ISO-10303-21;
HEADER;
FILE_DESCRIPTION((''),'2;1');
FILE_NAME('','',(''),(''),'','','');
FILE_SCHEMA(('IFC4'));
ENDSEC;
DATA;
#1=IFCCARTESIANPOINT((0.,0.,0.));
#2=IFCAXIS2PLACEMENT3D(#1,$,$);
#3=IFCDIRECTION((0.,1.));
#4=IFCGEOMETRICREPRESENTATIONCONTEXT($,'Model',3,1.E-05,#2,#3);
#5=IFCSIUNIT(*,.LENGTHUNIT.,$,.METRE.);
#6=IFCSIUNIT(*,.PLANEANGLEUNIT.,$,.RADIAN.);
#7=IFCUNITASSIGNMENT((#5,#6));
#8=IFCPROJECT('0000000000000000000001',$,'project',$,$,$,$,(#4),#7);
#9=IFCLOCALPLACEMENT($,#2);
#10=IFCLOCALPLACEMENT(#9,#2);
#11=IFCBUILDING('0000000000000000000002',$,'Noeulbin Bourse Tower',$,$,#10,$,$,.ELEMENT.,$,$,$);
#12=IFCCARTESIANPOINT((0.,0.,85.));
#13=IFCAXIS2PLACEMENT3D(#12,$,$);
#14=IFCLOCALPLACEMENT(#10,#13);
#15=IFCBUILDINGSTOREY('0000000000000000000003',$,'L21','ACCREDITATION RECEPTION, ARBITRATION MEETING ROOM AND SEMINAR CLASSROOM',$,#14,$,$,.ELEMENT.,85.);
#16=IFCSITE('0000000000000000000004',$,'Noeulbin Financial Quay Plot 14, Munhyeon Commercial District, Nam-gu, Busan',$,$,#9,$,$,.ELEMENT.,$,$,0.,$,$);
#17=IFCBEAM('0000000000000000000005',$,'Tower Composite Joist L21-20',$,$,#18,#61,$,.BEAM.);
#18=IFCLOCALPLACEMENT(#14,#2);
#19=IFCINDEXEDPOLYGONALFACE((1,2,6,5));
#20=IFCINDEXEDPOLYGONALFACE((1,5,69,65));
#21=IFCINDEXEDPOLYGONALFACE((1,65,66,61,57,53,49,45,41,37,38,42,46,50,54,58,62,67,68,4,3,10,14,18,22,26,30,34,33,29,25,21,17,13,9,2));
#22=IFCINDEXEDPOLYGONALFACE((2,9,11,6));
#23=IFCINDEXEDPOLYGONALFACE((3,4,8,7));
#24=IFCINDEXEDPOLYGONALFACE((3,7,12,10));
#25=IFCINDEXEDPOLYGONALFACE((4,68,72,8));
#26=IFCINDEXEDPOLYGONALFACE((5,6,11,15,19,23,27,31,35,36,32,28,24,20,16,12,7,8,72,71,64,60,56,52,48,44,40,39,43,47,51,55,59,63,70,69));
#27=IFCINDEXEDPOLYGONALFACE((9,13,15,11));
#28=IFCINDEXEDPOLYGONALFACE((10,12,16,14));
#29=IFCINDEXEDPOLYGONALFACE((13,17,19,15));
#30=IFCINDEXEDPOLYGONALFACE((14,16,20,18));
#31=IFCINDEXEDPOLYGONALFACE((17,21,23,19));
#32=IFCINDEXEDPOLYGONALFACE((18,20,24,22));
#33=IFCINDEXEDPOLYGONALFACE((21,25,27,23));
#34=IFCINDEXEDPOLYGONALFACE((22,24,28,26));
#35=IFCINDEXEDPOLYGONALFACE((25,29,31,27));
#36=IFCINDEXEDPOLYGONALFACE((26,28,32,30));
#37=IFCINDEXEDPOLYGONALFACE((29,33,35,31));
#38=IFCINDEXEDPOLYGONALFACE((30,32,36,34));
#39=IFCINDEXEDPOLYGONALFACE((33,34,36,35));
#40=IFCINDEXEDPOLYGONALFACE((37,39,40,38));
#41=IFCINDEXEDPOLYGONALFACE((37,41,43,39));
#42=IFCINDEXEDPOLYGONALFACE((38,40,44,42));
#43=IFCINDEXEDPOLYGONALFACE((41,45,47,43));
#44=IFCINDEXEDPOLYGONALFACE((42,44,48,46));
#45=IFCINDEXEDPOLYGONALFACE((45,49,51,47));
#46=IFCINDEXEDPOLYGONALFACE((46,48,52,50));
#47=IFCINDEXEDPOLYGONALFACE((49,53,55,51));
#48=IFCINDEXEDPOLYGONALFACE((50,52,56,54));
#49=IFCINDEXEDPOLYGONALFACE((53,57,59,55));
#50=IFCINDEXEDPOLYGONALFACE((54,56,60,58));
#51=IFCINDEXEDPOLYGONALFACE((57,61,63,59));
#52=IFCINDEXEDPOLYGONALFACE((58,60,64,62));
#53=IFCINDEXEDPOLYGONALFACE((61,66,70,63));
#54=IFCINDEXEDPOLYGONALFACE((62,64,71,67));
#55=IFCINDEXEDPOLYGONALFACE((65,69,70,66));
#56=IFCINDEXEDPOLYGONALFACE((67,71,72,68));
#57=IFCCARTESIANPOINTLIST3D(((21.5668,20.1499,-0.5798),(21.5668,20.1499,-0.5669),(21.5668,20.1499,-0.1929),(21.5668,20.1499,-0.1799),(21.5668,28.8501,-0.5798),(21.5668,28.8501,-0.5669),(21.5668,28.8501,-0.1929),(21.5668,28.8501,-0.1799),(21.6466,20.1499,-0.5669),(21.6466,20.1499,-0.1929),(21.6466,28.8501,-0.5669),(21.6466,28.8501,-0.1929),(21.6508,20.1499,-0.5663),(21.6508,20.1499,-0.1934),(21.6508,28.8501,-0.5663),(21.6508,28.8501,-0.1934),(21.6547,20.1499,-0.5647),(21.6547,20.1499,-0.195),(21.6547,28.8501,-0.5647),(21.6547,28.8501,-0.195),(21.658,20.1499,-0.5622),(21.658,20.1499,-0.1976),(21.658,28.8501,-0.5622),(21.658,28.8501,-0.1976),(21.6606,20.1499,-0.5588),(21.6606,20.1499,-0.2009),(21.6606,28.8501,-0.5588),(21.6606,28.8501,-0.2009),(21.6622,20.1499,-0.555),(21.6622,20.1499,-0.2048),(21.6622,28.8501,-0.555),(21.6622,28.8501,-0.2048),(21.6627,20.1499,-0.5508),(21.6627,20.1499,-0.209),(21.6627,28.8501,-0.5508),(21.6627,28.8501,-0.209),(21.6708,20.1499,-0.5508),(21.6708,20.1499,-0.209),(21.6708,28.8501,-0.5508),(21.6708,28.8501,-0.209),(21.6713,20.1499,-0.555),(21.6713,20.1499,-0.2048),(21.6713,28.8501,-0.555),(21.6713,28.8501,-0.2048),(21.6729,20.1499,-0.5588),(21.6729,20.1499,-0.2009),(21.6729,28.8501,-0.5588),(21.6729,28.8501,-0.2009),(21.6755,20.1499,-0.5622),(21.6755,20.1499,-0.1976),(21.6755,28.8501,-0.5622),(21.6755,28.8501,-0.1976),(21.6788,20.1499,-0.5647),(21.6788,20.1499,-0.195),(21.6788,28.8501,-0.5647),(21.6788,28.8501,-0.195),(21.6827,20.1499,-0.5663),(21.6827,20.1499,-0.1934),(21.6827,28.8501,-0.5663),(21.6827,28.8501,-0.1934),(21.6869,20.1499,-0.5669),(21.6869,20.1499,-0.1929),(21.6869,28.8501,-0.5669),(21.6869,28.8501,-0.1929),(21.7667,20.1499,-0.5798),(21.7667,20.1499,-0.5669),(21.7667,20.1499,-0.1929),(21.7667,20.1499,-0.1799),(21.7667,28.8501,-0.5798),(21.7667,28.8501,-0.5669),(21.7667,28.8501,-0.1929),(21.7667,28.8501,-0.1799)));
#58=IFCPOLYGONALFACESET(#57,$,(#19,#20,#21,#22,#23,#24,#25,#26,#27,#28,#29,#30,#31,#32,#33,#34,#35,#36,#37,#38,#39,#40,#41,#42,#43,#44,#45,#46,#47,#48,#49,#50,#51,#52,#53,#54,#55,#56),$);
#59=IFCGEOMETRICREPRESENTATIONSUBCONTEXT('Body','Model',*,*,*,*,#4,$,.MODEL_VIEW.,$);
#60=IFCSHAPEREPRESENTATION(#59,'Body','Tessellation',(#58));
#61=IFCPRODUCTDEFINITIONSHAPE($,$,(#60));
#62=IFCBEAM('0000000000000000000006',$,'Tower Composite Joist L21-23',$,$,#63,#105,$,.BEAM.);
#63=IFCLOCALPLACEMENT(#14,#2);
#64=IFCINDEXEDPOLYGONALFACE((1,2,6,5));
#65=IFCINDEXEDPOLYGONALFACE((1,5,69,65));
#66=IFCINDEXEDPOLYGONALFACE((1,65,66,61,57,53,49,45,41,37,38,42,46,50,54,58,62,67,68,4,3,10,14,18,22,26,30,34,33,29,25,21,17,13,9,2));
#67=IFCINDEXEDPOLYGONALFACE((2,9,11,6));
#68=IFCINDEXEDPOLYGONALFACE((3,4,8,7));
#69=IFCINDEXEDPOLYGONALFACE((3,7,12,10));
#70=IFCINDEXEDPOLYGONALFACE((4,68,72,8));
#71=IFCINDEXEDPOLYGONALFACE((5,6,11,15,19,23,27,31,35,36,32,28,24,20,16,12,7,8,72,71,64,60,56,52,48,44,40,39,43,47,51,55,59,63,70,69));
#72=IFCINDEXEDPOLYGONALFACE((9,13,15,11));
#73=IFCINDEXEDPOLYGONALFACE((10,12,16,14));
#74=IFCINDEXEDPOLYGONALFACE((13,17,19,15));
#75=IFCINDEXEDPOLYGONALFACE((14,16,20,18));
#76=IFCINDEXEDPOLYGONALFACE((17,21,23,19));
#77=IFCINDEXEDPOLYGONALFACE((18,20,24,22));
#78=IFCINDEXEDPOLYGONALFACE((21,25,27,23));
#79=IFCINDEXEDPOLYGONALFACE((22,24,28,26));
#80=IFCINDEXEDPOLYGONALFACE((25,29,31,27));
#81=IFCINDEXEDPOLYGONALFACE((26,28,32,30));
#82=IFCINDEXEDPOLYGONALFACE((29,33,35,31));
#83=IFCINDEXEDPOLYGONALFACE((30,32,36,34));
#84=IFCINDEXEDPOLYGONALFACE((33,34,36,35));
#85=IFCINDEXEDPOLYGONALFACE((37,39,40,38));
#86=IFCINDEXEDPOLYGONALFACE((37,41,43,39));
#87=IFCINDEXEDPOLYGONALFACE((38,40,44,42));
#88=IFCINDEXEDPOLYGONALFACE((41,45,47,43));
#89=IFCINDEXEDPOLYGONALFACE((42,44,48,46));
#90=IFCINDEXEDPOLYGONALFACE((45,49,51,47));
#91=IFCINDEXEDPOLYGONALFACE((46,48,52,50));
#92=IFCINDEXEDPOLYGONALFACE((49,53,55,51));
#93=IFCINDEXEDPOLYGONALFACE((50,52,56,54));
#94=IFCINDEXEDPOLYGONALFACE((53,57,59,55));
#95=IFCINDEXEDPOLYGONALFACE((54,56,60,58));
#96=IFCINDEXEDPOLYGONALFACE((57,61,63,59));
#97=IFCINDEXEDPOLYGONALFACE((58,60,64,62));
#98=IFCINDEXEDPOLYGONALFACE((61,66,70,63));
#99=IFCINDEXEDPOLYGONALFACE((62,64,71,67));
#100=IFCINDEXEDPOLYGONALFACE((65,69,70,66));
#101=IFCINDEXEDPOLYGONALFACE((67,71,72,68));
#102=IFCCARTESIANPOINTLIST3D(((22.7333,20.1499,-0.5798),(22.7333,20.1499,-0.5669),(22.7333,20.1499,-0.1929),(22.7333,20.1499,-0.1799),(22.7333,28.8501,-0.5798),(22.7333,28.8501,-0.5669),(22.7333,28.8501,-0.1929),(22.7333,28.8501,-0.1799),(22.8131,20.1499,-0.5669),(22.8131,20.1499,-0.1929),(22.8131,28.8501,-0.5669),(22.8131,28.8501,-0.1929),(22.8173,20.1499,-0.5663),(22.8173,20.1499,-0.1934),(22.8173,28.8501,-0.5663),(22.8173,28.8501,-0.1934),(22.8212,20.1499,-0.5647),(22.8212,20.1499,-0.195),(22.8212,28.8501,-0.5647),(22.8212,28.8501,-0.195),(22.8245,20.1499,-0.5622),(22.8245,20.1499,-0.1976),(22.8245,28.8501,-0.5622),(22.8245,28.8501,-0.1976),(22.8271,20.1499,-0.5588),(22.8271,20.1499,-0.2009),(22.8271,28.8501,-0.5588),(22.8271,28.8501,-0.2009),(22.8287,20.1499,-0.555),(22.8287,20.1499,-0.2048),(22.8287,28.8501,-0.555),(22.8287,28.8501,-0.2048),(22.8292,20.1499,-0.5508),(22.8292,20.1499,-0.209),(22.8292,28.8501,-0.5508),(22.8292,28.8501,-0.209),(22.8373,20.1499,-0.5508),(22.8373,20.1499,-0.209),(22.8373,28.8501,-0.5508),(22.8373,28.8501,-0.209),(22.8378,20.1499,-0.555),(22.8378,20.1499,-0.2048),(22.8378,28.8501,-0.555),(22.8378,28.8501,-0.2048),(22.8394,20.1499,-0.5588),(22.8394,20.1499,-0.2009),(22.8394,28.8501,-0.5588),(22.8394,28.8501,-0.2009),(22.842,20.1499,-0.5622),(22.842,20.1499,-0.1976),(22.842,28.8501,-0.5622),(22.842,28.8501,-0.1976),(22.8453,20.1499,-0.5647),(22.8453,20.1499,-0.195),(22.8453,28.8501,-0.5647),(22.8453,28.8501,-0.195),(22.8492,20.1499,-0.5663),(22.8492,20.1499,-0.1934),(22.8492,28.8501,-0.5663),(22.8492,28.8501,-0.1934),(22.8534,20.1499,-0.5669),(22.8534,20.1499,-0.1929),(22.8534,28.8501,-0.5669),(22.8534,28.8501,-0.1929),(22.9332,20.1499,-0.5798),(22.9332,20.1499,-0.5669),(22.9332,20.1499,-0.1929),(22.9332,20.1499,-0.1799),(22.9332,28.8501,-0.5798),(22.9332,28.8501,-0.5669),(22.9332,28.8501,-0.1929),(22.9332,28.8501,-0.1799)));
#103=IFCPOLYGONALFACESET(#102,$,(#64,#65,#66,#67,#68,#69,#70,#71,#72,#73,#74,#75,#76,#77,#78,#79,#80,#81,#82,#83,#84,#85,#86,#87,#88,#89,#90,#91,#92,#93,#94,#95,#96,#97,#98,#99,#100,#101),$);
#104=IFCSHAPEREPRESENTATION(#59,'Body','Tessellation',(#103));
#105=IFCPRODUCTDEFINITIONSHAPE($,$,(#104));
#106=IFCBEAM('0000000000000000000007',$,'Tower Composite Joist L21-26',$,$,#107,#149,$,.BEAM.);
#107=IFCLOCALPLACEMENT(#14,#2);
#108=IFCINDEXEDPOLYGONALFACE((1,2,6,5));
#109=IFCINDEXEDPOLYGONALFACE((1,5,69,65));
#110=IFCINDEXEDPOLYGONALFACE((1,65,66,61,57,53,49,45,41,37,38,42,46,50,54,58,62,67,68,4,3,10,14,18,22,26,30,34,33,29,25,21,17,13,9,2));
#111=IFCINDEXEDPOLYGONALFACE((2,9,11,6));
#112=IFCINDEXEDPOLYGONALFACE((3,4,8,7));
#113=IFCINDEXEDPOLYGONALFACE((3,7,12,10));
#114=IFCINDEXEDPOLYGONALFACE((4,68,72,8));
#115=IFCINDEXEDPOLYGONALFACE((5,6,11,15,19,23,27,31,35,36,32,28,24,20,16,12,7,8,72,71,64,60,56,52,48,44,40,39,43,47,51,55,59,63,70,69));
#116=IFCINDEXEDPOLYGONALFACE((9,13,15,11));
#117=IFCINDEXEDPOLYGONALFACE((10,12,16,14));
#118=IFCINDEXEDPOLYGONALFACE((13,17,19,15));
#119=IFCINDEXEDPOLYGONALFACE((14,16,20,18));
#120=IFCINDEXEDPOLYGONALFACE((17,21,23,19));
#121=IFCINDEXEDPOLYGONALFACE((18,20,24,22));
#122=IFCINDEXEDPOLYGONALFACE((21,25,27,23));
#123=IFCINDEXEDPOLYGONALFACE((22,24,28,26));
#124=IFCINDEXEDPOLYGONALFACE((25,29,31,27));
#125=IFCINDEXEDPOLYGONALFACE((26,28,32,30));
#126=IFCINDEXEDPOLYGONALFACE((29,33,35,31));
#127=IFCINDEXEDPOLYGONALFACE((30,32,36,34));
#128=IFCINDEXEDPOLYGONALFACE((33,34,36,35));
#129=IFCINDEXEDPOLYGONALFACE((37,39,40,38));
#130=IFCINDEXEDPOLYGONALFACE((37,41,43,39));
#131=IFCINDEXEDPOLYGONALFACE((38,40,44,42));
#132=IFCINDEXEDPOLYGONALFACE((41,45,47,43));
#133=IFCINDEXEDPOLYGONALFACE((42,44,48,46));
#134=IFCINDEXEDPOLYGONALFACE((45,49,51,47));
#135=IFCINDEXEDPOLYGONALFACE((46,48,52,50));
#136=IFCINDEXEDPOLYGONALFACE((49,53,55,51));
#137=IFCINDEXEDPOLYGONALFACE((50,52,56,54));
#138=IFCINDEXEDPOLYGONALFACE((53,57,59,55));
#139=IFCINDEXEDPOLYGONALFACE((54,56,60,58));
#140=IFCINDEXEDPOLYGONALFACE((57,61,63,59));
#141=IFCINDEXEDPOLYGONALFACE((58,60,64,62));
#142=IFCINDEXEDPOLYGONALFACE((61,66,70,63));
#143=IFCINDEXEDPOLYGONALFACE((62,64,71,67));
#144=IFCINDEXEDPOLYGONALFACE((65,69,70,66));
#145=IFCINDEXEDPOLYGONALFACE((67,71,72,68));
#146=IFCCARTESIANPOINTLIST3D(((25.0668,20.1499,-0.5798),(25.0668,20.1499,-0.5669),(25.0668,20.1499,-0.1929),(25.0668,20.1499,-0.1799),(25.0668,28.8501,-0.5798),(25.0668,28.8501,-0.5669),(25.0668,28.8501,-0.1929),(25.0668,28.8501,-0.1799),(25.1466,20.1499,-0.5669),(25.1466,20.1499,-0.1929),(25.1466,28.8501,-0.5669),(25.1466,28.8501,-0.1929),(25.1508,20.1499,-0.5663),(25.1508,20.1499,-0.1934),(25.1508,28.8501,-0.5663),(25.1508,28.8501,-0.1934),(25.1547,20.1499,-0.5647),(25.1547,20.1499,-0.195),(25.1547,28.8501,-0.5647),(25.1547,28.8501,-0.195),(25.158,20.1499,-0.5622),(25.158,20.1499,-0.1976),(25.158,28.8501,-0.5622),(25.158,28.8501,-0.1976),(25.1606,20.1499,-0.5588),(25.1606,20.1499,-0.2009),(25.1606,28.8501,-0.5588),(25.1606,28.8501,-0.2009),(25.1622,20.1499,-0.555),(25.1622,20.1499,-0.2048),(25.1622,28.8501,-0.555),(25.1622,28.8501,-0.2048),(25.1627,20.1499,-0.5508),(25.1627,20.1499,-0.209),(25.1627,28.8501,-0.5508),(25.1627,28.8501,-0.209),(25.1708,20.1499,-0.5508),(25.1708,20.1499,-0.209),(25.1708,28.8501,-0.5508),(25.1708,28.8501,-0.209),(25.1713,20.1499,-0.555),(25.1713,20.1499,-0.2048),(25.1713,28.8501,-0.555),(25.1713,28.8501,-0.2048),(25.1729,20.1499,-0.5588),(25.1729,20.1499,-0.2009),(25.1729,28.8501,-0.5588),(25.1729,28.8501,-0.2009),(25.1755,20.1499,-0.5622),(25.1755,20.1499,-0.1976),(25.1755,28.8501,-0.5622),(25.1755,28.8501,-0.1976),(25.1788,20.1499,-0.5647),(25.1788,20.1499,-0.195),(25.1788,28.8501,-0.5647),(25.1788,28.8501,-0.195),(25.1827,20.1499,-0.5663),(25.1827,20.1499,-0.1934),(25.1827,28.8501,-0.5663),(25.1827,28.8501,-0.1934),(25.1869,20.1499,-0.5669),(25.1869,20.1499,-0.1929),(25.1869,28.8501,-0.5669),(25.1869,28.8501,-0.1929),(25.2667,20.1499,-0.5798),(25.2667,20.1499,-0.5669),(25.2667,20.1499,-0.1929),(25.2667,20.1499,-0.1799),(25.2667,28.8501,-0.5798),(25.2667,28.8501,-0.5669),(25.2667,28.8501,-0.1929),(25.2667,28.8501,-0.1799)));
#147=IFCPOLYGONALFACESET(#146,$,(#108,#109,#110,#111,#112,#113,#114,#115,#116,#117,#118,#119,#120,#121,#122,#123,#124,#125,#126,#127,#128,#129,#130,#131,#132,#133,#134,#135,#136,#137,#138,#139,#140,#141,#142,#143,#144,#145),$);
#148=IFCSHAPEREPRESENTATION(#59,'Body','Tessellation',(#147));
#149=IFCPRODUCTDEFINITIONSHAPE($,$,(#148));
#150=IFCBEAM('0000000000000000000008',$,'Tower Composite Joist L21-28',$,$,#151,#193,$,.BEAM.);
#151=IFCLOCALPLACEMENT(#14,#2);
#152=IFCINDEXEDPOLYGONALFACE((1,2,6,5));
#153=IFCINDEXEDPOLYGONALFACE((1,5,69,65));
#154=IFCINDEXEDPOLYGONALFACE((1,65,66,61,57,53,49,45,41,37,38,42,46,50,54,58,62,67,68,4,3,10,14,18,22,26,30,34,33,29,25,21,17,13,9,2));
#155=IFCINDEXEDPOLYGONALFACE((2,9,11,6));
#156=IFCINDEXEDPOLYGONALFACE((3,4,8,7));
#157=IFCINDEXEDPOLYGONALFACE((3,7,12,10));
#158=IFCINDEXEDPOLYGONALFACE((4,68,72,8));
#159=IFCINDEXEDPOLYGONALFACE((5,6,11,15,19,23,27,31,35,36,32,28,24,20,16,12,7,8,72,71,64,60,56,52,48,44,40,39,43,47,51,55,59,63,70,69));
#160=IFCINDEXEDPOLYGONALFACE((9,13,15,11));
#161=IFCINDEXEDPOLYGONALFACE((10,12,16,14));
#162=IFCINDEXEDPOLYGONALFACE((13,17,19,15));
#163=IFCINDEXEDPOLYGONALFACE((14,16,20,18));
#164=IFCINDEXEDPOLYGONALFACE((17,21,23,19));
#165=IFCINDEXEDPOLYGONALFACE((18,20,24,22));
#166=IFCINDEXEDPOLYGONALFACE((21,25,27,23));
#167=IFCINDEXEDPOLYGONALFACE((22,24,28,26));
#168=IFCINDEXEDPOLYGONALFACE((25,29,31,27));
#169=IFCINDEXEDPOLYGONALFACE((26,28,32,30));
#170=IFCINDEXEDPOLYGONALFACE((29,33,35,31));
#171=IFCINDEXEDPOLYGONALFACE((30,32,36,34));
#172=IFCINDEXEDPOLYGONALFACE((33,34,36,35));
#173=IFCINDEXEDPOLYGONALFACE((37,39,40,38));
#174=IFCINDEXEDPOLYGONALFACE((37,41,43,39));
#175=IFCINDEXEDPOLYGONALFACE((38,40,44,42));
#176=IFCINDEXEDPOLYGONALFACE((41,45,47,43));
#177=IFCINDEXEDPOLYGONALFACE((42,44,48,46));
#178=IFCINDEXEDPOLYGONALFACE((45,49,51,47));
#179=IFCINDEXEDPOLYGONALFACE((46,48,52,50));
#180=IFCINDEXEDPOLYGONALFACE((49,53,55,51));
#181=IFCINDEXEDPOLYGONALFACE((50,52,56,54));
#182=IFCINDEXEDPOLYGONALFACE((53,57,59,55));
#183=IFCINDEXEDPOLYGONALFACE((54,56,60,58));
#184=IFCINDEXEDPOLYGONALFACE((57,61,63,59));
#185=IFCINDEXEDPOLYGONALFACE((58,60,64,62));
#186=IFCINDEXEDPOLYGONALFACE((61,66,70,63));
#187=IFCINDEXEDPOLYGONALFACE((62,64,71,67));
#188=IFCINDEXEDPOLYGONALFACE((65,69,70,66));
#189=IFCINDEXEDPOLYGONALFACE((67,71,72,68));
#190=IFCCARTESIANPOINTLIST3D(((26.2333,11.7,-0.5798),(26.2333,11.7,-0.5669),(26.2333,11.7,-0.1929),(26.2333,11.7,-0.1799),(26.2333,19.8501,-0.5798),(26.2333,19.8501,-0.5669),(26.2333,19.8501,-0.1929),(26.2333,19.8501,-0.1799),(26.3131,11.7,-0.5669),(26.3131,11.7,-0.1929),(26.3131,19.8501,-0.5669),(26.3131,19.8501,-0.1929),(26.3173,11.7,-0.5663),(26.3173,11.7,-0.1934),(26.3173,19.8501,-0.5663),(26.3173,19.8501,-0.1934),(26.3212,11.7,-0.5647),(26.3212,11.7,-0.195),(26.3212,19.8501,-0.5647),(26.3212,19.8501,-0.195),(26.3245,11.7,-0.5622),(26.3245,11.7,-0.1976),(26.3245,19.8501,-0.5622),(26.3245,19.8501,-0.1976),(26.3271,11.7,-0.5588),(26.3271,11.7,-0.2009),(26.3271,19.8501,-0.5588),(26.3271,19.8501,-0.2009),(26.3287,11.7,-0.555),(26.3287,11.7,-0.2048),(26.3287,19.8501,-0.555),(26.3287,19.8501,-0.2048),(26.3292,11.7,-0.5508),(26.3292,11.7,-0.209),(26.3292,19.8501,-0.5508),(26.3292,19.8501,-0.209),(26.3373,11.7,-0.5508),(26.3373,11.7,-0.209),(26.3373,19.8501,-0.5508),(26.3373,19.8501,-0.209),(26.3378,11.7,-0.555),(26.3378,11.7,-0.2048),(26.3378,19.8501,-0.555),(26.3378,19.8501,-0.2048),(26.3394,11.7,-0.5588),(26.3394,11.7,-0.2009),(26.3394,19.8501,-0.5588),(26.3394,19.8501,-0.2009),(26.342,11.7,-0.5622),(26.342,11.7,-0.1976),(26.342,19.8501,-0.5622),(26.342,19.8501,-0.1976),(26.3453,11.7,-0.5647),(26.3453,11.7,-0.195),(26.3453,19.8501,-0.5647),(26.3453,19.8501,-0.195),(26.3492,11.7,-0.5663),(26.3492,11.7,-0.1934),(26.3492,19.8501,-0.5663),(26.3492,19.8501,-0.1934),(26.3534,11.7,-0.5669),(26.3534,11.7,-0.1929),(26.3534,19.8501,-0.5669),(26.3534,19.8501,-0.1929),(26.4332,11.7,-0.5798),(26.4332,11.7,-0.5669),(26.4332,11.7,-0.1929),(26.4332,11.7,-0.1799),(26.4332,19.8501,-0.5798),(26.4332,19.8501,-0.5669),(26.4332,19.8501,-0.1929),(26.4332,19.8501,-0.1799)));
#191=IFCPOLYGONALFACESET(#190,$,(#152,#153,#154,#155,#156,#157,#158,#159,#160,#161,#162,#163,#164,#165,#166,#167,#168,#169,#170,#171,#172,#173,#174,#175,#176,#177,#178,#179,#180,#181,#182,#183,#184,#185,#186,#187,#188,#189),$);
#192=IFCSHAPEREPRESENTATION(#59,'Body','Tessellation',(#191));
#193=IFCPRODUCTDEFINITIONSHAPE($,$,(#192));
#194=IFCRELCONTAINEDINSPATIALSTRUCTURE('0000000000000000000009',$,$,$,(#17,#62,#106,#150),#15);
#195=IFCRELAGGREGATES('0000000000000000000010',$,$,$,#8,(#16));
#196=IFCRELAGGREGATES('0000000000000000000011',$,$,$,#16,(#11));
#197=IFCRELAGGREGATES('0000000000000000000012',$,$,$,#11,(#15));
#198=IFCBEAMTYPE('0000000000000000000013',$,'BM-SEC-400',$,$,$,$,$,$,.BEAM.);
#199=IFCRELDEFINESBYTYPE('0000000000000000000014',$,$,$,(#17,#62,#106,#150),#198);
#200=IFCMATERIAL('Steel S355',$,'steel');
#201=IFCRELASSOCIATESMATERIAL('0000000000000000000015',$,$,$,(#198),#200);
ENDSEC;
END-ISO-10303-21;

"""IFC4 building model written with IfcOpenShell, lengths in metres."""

from ifc_helpers import new_model, si_unit, direction, frame, origin, origin_2d, place, context, subcontext, project, spatial, i_section, extrude, material, material_profile, profile_set, type_object, element, save


model = new_model("IFC4")

# Units and contexts
model_context = context("Model", 3, precision=1e-05, world=origin(), true_north=direction((0.0, 1.0)))
body_context = subcontext(model_context, "Body", "Model", "MODEL_VIEW")
ifc_project = project(units=[si_unit("LENGTHUNIT", "METRE"), si_unit("PLANEANGLEUNIT", "RADIAN")], contexts=[model_context])

# Site, building, storey
site_placement = place(None, origin())
site = spatial("IfcSite", under=ifc_project, at=site_placement, Name="Noeulbin Financial Quay Plot 14, Munhyeon Commercial District, Nam-gu, Busan", CompositionType="ELEMENT", RefElevation=0.0)
building_placement = place(site_placement, origin())
building = spatial("IfcBuilding", under=site, at=building_placement, Name="Noeulbin Bourse Tower", CompositionType="ELEMENT")
storey_placement = place(building_placement, frame((0.0, 0.0, 85.0)))
storey = spatial("IfcBuildingStorey", under=building, at=storey_placement, Name="L21", Description="ACCREDITATION RECEPTION, ARBITRATION MEETING ROOM AND SEMINAR CLASSROOM", CompositionType="ELEMENT", Elevation=85.0)

# Beams
ifc_material_1 = material(Name="Steel S355", Category="steel")
ifc_material_profile_1 = material_profile(ifc_material_1, i_section(OverallWidth=0.2, OverallDepth=0.3999, WebThickness=0.0081, FlangeThickness=0.0129, FilletRadius=0.0161, at=origin_2d()), Name="H-400x200x8x13", Category="LoadBearing")
ifc_profile_set_1 = profile_set([ifc_material_profile_1], Name="Steel S355")
beam_type_1 = type_object("IfcBeamType", Name="BM-SEC-400", PredefinedType="BEAM", material=ifc_profile_set_1)
for number, where, z_axis, x_axis, name in (
    (1, (21.6667, 20.1499, -0.3799), (0.0, 1.0, 0.0), (-1.0, 0.0, 0.0), "Tower Composite Joist L21-20"),
    (2, (22.8333, 20.1499, -0.3799), (0.0, 1.0, 0.0), (-1.0, 0.0, 0.0), "Tower Composite Joist L21-23"),
    (3, (25.1667, 20.1499, -0.3799), (0.0, 1.0, 0.0), (-1.0, 0.0, 0.0), "Tower Composite Joist L21-26"),
):
    element("IfcBeam", number, at=place(storey_placement, frame(where, z_axis=z_axis, x_axis=x_axis)), inside=storey, type_object=beam_type_1, Name=name, PredefinedType="BEAM", context=body_context, shape_type="SweptSolid", body=[
        extrude(i_section(OverallWidth=0.2, OverallDepth=0.3999, WebThickness=0.0081, FlangeThickness=0.0129, FilletRadius=0.0161, at=origin_2d()), origin(), (0.0, 0.0, 1.0), 8.7002),
    ])
beam_1_placement = place(storey_placement, frame((26.3333, 11.7, -0.3799), z_axis=(0.0, 1.0, 0.0), x_axis=(-1.0, 0.0, 0.0)))
element("IfcBeam", 4, at=beam_1_placement, inside=storey, type_object=beam_type_1, Name="Tower Composite Joist L21-28", PredefinedType="BEAM", context=body_context, shape_type="SweptSolid", body=[
    extrude(i_section(OverallWidth=0.2, OverallDepth=0.3999, WebThickness=0.0081, FlangeThickness=0.0129, FilletRadius=0.0161, at=origin_2d()), origin(), (0.0, 0.0, 1.0), 8.1501),
])

save(model, "model.ifc")
